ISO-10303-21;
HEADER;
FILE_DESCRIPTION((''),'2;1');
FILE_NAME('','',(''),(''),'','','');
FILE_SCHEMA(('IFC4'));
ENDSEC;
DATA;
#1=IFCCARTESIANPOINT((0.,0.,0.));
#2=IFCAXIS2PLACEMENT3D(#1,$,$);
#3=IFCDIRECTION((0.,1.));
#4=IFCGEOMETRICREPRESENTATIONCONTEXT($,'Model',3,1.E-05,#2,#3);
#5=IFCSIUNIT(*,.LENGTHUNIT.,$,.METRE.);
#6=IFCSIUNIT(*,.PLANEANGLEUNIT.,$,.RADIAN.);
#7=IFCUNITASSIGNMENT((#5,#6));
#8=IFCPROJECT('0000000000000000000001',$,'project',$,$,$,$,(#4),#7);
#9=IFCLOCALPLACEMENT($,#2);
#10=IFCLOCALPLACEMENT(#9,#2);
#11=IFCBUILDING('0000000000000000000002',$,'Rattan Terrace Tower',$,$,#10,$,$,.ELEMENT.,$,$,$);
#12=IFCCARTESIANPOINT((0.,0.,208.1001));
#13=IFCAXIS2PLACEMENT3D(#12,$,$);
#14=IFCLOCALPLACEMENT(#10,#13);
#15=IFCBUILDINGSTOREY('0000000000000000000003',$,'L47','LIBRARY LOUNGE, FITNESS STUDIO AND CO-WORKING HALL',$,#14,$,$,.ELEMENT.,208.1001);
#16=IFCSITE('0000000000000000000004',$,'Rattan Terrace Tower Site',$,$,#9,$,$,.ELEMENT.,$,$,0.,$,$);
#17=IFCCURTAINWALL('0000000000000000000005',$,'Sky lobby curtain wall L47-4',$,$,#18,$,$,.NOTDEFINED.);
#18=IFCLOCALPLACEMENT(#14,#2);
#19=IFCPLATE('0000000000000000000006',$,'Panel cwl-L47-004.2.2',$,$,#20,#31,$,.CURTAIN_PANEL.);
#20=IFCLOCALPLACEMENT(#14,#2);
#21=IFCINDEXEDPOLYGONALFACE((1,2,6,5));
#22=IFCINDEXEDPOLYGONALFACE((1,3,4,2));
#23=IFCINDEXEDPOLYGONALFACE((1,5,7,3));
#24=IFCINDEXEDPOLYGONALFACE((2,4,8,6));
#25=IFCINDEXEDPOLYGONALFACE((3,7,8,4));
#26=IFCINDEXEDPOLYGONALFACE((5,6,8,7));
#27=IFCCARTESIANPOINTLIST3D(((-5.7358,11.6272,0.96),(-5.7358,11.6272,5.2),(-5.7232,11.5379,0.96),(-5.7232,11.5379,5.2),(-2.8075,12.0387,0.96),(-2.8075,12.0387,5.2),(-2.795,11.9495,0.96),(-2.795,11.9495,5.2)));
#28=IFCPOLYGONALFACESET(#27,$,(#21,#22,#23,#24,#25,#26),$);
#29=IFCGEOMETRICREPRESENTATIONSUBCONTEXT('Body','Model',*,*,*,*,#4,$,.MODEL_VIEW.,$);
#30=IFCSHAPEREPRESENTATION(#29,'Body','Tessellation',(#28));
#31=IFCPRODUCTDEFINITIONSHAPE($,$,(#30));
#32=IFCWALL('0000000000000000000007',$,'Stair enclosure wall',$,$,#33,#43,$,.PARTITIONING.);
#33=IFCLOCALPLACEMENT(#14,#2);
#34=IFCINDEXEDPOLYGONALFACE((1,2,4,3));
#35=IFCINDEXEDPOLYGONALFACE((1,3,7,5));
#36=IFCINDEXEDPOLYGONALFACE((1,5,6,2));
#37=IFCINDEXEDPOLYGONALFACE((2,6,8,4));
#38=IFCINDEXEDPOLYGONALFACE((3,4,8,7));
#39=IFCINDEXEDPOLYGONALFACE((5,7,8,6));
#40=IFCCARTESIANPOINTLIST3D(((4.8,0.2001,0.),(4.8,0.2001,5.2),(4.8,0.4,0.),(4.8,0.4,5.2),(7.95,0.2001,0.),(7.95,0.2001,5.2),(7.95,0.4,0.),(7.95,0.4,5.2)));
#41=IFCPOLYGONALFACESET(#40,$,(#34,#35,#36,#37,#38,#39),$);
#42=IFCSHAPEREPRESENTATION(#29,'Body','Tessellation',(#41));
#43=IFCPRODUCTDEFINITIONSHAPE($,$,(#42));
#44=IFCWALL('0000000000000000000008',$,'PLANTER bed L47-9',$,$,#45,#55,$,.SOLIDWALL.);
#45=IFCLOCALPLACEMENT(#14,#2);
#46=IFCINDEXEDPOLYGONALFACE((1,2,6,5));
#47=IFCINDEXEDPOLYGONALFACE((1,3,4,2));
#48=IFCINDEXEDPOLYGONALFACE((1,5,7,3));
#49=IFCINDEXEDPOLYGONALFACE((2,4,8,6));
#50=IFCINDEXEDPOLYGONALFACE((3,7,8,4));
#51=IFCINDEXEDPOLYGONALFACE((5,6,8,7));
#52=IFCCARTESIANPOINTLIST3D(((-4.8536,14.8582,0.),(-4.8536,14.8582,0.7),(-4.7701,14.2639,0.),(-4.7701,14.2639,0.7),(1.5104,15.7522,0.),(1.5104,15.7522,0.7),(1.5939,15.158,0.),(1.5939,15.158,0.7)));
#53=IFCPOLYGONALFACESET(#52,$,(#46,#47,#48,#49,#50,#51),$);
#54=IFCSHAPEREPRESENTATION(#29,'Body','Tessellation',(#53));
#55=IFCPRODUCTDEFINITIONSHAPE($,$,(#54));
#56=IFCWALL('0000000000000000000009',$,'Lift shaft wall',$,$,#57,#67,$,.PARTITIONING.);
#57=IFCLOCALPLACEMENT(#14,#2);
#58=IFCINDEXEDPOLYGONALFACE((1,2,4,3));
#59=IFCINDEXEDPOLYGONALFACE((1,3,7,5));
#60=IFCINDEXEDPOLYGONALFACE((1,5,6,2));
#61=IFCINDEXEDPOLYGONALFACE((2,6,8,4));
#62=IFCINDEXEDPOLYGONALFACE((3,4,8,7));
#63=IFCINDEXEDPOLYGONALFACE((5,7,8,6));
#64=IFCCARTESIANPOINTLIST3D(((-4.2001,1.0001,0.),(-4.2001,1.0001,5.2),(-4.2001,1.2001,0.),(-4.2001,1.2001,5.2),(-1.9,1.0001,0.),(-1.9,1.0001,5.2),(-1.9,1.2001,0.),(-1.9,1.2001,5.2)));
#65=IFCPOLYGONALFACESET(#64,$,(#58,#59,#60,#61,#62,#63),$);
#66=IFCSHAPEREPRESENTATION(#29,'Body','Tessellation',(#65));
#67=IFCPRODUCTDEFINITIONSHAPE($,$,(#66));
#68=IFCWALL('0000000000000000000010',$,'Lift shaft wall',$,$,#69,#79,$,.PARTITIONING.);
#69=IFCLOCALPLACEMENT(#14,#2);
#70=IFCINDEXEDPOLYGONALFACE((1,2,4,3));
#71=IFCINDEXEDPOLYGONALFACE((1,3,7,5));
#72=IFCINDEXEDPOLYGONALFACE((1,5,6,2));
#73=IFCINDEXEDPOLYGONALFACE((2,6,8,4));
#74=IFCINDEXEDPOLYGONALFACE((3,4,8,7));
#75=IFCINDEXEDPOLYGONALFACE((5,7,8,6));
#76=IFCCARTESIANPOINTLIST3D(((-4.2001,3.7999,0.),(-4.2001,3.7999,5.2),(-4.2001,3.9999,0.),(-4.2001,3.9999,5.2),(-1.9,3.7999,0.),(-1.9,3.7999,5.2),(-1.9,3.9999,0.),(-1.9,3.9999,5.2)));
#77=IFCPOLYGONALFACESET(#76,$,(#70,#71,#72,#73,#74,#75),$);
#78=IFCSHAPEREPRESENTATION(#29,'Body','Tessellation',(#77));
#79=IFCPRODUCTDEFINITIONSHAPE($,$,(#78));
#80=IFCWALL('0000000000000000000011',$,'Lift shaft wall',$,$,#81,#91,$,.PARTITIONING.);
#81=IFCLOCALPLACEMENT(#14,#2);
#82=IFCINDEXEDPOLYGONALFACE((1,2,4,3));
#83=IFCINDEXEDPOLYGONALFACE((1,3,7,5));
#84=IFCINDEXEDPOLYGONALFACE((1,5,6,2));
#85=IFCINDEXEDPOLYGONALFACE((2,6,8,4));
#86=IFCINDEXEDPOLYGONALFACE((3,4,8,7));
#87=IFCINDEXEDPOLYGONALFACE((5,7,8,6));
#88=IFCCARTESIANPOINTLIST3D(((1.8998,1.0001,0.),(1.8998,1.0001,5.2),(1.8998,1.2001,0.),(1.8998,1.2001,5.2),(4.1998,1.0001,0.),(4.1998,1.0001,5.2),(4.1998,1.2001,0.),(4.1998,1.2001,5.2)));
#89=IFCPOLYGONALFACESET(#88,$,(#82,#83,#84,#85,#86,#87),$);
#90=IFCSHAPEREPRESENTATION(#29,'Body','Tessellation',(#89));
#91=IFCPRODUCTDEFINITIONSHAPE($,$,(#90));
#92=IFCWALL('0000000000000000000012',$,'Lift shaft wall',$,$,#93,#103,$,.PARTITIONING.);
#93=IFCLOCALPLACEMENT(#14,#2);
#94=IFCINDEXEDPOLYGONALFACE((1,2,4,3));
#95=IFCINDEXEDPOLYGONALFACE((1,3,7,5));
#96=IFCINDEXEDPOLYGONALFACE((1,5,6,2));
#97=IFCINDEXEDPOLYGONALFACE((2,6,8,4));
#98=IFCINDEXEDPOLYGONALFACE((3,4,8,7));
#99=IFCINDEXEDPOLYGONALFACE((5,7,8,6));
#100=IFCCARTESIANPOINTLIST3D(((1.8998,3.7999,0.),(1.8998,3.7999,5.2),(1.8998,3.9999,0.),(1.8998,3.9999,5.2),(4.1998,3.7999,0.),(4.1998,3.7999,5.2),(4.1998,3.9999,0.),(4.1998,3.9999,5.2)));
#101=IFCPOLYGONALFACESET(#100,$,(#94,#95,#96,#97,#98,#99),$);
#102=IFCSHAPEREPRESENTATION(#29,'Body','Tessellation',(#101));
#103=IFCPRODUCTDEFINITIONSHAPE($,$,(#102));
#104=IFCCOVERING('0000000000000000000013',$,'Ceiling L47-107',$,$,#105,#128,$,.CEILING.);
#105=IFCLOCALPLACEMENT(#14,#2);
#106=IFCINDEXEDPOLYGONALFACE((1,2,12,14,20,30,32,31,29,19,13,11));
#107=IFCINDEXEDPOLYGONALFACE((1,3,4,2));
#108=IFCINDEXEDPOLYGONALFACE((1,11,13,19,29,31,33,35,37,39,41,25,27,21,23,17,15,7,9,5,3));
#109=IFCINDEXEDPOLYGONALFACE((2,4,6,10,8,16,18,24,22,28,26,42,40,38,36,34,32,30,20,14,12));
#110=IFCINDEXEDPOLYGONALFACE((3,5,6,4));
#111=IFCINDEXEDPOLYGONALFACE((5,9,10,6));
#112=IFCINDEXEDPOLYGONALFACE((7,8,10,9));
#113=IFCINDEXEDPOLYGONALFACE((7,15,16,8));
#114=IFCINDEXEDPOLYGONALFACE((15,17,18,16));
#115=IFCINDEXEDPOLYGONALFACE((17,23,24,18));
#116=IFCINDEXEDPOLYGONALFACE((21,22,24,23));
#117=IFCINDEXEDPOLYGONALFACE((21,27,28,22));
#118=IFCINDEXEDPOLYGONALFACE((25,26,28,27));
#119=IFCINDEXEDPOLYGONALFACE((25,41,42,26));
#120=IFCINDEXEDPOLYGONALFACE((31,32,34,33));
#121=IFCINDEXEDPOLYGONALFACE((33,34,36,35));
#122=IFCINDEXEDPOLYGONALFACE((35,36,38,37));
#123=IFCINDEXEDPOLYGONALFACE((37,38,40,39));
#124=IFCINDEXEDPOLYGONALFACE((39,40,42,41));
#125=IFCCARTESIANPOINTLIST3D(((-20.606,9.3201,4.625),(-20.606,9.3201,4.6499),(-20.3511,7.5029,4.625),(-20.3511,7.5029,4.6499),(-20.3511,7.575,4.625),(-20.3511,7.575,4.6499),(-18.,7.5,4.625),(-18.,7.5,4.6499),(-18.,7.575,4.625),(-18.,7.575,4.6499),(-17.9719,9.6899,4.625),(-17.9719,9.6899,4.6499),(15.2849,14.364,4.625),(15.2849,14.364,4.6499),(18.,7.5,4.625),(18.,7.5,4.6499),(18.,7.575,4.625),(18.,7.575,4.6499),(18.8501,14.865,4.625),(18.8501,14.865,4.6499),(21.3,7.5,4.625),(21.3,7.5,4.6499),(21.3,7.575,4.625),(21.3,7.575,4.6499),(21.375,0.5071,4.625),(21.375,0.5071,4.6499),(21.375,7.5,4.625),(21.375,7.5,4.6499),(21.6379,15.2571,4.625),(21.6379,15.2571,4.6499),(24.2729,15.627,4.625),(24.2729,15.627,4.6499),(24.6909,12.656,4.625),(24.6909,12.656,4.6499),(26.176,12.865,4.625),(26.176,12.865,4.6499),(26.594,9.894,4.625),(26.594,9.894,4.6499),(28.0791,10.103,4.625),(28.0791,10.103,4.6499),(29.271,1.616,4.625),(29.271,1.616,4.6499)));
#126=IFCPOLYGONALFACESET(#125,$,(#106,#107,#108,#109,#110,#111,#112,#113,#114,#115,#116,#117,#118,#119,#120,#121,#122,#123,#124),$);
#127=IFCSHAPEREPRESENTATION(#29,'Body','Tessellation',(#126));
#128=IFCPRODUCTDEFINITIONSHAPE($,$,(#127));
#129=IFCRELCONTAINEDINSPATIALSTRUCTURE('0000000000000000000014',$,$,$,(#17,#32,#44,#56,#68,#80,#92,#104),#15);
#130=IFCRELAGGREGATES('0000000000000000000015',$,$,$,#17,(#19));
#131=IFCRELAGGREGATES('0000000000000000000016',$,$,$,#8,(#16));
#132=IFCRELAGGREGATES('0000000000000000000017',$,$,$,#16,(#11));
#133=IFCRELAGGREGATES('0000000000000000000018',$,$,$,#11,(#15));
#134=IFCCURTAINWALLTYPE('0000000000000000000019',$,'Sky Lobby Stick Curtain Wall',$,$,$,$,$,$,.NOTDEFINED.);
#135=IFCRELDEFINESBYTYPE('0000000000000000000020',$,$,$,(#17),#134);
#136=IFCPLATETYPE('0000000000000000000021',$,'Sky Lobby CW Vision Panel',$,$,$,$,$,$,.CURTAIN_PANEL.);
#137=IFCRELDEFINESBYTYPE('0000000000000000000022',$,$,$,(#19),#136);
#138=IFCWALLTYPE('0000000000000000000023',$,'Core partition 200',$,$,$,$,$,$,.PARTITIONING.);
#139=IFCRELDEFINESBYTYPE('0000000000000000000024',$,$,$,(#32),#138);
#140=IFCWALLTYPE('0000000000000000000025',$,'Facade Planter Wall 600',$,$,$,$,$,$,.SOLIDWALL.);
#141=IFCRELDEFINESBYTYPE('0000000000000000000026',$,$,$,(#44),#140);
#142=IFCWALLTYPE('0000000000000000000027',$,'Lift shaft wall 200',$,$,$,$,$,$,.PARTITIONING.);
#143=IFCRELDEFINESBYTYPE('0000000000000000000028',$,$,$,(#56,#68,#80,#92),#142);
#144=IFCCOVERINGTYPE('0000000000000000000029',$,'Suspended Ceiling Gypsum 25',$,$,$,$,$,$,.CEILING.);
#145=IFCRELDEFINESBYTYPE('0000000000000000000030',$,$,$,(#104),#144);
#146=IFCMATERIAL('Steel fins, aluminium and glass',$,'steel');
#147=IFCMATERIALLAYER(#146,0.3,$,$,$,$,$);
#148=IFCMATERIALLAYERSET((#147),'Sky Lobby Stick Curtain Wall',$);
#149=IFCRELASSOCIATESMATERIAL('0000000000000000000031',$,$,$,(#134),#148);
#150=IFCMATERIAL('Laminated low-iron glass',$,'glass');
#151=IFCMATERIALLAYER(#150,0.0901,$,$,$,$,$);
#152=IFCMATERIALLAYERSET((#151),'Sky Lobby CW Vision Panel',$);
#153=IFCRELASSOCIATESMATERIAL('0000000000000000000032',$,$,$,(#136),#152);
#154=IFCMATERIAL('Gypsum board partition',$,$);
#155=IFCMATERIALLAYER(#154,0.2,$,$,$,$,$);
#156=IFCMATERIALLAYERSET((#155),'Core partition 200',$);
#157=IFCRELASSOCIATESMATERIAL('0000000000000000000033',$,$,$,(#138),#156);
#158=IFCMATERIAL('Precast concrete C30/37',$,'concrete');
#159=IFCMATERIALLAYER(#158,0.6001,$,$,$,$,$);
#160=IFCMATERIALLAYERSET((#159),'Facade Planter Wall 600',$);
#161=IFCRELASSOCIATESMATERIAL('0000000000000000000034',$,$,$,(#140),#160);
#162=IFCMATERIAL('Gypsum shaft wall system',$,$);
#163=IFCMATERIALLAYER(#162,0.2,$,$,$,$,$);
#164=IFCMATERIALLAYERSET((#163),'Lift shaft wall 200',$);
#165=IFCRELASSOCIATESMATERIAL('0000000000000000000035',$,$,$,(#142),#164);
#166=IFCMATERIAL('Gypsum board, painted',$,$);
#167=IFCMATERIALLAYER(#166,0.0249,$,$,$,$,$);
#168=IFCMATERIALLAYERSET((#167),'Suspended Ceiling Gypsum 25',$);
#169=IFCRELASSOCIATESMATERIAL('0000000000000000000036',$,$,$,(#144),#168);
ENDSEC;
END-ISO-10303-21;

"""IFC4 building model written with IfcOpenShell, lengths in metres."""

from ifc_helpers import new_model, si_unit, direction, frame, frame_2d, origin, origin_2d, place, context, subcontext, project, spatial, polyline, rectangle, outline, extrude, material, layer, layer_set, type_object, element, aggregate, save


model = new_model("IFC4")

# Units and contexts
model_context = context("Model", 3, precision=1e-05, world=origin(), true_north=direction((0.0, 1.0)))
body_context = subcontext(model_context, "Body", "Model", "MODEL_VIEW")
ifc_project = project(units=[si_unit("LENGTHUNIT", "METRE"), si_unit("PLANEANGLEUNIT", "RADIAN")], contexts=[model_context])

# Site, building, storey
site_placement = place(None, origin())
site = spatial("IfcSite", under=ifc_project, at=site_placement, Name="Rattan Terrace Tower Site", CompositionType="ELEMENT", RefElevation=0.0)
building_placement = place(site_placement, origin())
building = spatial("IfcBuilding", under=site, at=building_placement, Name="Rattan Terrace Tower", CompositionType="ELEMENT")
storey_placement = place(building_placement, frame((0.0, 0.0, 208.1001)))
storey = spatial("IfcBuildingStorey", under=building, at=storey_placement, Name="L47", Description="LIBRARY LOUNGE, FITNESS STUDIO AND CO-WORKING HALL", CompositionType="ELEMENT", Elevation=208.1001)

# Curtain wall
ifc_material_1 = material(Name="Steel fins, aluminium and glass", Category="steel")
ifc_layer_1 = layer(ifc_material_1, 0.3)
ifc_layer_set_1 = layer_set([ifc_layer_1], Name="Sky Lobby Stick Curtain Wall")
curtain_wall_type = type_object("IfcCurtainWallType", Name="Sky Lobby Stick Curtain Wall", PredefinedType="NOTDEFINED", material=ifc_layer_set_1)
curtain_wall_1_placement = place(storey_placement, origin())
curtain_wall_1 = element("IfcCurtainWall", 1, at=curtain_wall_1_placement, inside=storey, type_object=curtain_wall_type, Name="Sky lobby curtain wall L47-4", PredefinedType="NOTDEFINED")

# Plate
ifc_material_2 = material(Name="Laminated low-iron glass", Category="glass")
ifc_layer_2 = layer(ifc_material_2, 0.0901)
ifc_layer_set_2 = layer_set([ifc_layer_2], Name="Sky Lobby CW Vision Panel")
plate_type_1 = type_object("IfcPlateType", Name="Sky Lobby CW Vision Panel", PredefinedType="CURTAIN_PANEL", material=ifc_layer_set_2)
plate_1_placement = place(storey_placement, frame((-4.2654, 11.7883, 0.96), z_axis=(0.0, 0.0, 1.0), x_axis=(-0.990267, -0.139177, 0.0)))
plate_1 = element("IfcPlate", 2, at=plate_1_placement, type_object=plate_type_1, Name="Panel cwl-L47-004.2.2", PredefinedType="CURTAIN_PANEL", context=body_context, shape_type="SweptSolid", body=[
    extrude(rectangle(XDim=2.957, YDim=0.0901, at=origin_2d()), origin(), (0.0, 0.0, 1.0), 4.24),
])
aggregate(curtain_wall_1, [plate_1])

# Wall
ifc_material_3 = material(Name="Gypsum board partition")
ifc_layer_3 = layer(ifc_material_3, 0.2)
ifc_layer_set_3 = layer_set([ifc_layer_3], Name="Core partition 200")
wall_type_1 = type_object("IfcWallType", Name="Core partition 200", PredefinedType="PARTITIONING", material=ifc_layer_set_3)
wall_1_placement = place(storey_placement, frame((4.8, 0.3, 0.0), z_axis=(0.0, 0.0, 1.0), x_axis=(1.0, 0.0, 0.0)))
element("IfcWall", 3, at=wall_1_placement, inside=storey, type_object=wall_type_1, Name="Stair enclosure wall", PredefinedType="PARTITIONING", context=body_context, shape_type="SweptSolid", body=[
    extrude(rectangle(XDim=3.1499, YDim=0.2, at=frame_2d((1.575, 0.0))), origin(), (0.0, 0.0, 1.0), 5.2),
])

# Walls
ifc_material_4 = material(Name="Precast concrete C30/37", Category="concrete")
ifc_layer_4 = layer(ifc_material_4, 0.6001)
ifc_layer_set_4 = layer_set([ifc_layer_4], Name="Facade Planter Wall 600")
wall_type_2 = type_object("IfcWallType", Name="Facade Planter Wall 600", PredefinedType="SOLIDWALL", material=ifc_layer_set_4)
wall_2_placement = place(storey_placement, frame((-4.812, 14.561, 0.0), z_axis=(0.0, 0.0, 1.0), x_axis=(0.990276, 0.139118, 0.0)))
element("IfcWall", 4, at=wall_2_placement, inside=storey, type_object=wall_type_2, Name="PLANTER bed L47-9", PredefinedType="SOLIDWALL", context=body_context, shape_type="SweptSolid", body=[
    extrude(rectangle(XDim=6.4265, YDim=0.6001, at=frame_2d((3.2134, 0.0))), origin(), (0.0, 0.0, 1.0), 0.7),
])
ifc_material_5 = material(Name="Gypsum shaft wall system")
ifc_layer_5 = layer(ifc_material_5, 0.2)
ifc_layer_set_5 = layer_set([ifc_layer_5], Name="Lift shaft wall 200")
wall_type_3 = type_object("IfcWallType", Name="Lift shaft wall 200", PredefinedType="PARTITIONING", material=ifc_layer_set_5)
for number, where, z_axis, x_axis, name in (
    (5, (-4.2, 1.1001, 0.0), (0.0, 0.0, 1.0), (1.0, 0.0, 0.0), "Lift shaft wall"),
    (6, (-4.2, 3.8999, 0.0), (0.0, 0.0, 1.0), (1.0, 0.0, 0.0), "Lift shaft wall"),
    (7, (1.8999, 1.1001, 0.0), (0.0, 0.0, 1.0), (1.0, 0.0, 0.0), "Lift shaft wall"),
    (8, (1.8999, 3.8999, 0.0), (0.0, 0.0, 1.0), (1.0, 0.0, 0.0), "Lift shaft wall"),
):
    element("IfcWall", number, at=place(storey_placement, frame(where, z_axis=z_axis, x_axis=x_axis)), inside=storey, type_object=wall_type_3, Name=name, PredefinedType="PARTITIONING", context=body_context, shape_type="SweptSolid", body=[
        extrude(rectangle(XDim=2.3, YDim=0.2, at=frame_2d((1.1499, 0.0))), origin(), (0.0, 0.0, 1.0), 5.2),
    ])

# Covering
ifc_material_6 = material(Name="Gypsum board, painted")
ifc_layer_6 = layer(ifc_material_6, 0.0249)
ifc_layer_set_6 = layer_set([ifc_layer_6], Name="Suspended Ceiling Gypsum 25")
covering_type = type_object("IfcCoveringType", Name="Suspended Ceiling Gypsum 25", PredefinedType="CEILING", material=ifc_layer_set_6)
covering_placement = place(storey_placement, frame((0.0, 0.0, 4.625)))
element("IfcCovering", 9, at=covering_placement, inside=storey, type_object=covering_type, Name="Ceiling L47-107", PredefinedType="CEILING", context=body_context, shape_type="SweptSolid", body=[
    extrude(outline(polyline([(-17.9719, 9.6899), (-20.606, 9.3201), (-20.3511, 7.5029), (-20.3511, 7.575), (-18.0, 7.575), (-18.0, 7.5), (18.0, 7.5), (18.0, 7.575), (21.3, 7.575), (21.3, 7.5), (21.375, 7.5), (21.375, 0.5071), (29.271, 1.616), (28.0791, 10.103), (26.594, 9.894), (26.176, 12.865), (24.6909, 12.656), (24.2729, 15.627), (21.6379, 15.2571), (18.8501, 14.865), (15.2849, 14.364), (-17.9719, 9.6899)])), origin(), (0.0, 0.0, 1.0), 0.0249),
])

save(model, "model.ifc")
